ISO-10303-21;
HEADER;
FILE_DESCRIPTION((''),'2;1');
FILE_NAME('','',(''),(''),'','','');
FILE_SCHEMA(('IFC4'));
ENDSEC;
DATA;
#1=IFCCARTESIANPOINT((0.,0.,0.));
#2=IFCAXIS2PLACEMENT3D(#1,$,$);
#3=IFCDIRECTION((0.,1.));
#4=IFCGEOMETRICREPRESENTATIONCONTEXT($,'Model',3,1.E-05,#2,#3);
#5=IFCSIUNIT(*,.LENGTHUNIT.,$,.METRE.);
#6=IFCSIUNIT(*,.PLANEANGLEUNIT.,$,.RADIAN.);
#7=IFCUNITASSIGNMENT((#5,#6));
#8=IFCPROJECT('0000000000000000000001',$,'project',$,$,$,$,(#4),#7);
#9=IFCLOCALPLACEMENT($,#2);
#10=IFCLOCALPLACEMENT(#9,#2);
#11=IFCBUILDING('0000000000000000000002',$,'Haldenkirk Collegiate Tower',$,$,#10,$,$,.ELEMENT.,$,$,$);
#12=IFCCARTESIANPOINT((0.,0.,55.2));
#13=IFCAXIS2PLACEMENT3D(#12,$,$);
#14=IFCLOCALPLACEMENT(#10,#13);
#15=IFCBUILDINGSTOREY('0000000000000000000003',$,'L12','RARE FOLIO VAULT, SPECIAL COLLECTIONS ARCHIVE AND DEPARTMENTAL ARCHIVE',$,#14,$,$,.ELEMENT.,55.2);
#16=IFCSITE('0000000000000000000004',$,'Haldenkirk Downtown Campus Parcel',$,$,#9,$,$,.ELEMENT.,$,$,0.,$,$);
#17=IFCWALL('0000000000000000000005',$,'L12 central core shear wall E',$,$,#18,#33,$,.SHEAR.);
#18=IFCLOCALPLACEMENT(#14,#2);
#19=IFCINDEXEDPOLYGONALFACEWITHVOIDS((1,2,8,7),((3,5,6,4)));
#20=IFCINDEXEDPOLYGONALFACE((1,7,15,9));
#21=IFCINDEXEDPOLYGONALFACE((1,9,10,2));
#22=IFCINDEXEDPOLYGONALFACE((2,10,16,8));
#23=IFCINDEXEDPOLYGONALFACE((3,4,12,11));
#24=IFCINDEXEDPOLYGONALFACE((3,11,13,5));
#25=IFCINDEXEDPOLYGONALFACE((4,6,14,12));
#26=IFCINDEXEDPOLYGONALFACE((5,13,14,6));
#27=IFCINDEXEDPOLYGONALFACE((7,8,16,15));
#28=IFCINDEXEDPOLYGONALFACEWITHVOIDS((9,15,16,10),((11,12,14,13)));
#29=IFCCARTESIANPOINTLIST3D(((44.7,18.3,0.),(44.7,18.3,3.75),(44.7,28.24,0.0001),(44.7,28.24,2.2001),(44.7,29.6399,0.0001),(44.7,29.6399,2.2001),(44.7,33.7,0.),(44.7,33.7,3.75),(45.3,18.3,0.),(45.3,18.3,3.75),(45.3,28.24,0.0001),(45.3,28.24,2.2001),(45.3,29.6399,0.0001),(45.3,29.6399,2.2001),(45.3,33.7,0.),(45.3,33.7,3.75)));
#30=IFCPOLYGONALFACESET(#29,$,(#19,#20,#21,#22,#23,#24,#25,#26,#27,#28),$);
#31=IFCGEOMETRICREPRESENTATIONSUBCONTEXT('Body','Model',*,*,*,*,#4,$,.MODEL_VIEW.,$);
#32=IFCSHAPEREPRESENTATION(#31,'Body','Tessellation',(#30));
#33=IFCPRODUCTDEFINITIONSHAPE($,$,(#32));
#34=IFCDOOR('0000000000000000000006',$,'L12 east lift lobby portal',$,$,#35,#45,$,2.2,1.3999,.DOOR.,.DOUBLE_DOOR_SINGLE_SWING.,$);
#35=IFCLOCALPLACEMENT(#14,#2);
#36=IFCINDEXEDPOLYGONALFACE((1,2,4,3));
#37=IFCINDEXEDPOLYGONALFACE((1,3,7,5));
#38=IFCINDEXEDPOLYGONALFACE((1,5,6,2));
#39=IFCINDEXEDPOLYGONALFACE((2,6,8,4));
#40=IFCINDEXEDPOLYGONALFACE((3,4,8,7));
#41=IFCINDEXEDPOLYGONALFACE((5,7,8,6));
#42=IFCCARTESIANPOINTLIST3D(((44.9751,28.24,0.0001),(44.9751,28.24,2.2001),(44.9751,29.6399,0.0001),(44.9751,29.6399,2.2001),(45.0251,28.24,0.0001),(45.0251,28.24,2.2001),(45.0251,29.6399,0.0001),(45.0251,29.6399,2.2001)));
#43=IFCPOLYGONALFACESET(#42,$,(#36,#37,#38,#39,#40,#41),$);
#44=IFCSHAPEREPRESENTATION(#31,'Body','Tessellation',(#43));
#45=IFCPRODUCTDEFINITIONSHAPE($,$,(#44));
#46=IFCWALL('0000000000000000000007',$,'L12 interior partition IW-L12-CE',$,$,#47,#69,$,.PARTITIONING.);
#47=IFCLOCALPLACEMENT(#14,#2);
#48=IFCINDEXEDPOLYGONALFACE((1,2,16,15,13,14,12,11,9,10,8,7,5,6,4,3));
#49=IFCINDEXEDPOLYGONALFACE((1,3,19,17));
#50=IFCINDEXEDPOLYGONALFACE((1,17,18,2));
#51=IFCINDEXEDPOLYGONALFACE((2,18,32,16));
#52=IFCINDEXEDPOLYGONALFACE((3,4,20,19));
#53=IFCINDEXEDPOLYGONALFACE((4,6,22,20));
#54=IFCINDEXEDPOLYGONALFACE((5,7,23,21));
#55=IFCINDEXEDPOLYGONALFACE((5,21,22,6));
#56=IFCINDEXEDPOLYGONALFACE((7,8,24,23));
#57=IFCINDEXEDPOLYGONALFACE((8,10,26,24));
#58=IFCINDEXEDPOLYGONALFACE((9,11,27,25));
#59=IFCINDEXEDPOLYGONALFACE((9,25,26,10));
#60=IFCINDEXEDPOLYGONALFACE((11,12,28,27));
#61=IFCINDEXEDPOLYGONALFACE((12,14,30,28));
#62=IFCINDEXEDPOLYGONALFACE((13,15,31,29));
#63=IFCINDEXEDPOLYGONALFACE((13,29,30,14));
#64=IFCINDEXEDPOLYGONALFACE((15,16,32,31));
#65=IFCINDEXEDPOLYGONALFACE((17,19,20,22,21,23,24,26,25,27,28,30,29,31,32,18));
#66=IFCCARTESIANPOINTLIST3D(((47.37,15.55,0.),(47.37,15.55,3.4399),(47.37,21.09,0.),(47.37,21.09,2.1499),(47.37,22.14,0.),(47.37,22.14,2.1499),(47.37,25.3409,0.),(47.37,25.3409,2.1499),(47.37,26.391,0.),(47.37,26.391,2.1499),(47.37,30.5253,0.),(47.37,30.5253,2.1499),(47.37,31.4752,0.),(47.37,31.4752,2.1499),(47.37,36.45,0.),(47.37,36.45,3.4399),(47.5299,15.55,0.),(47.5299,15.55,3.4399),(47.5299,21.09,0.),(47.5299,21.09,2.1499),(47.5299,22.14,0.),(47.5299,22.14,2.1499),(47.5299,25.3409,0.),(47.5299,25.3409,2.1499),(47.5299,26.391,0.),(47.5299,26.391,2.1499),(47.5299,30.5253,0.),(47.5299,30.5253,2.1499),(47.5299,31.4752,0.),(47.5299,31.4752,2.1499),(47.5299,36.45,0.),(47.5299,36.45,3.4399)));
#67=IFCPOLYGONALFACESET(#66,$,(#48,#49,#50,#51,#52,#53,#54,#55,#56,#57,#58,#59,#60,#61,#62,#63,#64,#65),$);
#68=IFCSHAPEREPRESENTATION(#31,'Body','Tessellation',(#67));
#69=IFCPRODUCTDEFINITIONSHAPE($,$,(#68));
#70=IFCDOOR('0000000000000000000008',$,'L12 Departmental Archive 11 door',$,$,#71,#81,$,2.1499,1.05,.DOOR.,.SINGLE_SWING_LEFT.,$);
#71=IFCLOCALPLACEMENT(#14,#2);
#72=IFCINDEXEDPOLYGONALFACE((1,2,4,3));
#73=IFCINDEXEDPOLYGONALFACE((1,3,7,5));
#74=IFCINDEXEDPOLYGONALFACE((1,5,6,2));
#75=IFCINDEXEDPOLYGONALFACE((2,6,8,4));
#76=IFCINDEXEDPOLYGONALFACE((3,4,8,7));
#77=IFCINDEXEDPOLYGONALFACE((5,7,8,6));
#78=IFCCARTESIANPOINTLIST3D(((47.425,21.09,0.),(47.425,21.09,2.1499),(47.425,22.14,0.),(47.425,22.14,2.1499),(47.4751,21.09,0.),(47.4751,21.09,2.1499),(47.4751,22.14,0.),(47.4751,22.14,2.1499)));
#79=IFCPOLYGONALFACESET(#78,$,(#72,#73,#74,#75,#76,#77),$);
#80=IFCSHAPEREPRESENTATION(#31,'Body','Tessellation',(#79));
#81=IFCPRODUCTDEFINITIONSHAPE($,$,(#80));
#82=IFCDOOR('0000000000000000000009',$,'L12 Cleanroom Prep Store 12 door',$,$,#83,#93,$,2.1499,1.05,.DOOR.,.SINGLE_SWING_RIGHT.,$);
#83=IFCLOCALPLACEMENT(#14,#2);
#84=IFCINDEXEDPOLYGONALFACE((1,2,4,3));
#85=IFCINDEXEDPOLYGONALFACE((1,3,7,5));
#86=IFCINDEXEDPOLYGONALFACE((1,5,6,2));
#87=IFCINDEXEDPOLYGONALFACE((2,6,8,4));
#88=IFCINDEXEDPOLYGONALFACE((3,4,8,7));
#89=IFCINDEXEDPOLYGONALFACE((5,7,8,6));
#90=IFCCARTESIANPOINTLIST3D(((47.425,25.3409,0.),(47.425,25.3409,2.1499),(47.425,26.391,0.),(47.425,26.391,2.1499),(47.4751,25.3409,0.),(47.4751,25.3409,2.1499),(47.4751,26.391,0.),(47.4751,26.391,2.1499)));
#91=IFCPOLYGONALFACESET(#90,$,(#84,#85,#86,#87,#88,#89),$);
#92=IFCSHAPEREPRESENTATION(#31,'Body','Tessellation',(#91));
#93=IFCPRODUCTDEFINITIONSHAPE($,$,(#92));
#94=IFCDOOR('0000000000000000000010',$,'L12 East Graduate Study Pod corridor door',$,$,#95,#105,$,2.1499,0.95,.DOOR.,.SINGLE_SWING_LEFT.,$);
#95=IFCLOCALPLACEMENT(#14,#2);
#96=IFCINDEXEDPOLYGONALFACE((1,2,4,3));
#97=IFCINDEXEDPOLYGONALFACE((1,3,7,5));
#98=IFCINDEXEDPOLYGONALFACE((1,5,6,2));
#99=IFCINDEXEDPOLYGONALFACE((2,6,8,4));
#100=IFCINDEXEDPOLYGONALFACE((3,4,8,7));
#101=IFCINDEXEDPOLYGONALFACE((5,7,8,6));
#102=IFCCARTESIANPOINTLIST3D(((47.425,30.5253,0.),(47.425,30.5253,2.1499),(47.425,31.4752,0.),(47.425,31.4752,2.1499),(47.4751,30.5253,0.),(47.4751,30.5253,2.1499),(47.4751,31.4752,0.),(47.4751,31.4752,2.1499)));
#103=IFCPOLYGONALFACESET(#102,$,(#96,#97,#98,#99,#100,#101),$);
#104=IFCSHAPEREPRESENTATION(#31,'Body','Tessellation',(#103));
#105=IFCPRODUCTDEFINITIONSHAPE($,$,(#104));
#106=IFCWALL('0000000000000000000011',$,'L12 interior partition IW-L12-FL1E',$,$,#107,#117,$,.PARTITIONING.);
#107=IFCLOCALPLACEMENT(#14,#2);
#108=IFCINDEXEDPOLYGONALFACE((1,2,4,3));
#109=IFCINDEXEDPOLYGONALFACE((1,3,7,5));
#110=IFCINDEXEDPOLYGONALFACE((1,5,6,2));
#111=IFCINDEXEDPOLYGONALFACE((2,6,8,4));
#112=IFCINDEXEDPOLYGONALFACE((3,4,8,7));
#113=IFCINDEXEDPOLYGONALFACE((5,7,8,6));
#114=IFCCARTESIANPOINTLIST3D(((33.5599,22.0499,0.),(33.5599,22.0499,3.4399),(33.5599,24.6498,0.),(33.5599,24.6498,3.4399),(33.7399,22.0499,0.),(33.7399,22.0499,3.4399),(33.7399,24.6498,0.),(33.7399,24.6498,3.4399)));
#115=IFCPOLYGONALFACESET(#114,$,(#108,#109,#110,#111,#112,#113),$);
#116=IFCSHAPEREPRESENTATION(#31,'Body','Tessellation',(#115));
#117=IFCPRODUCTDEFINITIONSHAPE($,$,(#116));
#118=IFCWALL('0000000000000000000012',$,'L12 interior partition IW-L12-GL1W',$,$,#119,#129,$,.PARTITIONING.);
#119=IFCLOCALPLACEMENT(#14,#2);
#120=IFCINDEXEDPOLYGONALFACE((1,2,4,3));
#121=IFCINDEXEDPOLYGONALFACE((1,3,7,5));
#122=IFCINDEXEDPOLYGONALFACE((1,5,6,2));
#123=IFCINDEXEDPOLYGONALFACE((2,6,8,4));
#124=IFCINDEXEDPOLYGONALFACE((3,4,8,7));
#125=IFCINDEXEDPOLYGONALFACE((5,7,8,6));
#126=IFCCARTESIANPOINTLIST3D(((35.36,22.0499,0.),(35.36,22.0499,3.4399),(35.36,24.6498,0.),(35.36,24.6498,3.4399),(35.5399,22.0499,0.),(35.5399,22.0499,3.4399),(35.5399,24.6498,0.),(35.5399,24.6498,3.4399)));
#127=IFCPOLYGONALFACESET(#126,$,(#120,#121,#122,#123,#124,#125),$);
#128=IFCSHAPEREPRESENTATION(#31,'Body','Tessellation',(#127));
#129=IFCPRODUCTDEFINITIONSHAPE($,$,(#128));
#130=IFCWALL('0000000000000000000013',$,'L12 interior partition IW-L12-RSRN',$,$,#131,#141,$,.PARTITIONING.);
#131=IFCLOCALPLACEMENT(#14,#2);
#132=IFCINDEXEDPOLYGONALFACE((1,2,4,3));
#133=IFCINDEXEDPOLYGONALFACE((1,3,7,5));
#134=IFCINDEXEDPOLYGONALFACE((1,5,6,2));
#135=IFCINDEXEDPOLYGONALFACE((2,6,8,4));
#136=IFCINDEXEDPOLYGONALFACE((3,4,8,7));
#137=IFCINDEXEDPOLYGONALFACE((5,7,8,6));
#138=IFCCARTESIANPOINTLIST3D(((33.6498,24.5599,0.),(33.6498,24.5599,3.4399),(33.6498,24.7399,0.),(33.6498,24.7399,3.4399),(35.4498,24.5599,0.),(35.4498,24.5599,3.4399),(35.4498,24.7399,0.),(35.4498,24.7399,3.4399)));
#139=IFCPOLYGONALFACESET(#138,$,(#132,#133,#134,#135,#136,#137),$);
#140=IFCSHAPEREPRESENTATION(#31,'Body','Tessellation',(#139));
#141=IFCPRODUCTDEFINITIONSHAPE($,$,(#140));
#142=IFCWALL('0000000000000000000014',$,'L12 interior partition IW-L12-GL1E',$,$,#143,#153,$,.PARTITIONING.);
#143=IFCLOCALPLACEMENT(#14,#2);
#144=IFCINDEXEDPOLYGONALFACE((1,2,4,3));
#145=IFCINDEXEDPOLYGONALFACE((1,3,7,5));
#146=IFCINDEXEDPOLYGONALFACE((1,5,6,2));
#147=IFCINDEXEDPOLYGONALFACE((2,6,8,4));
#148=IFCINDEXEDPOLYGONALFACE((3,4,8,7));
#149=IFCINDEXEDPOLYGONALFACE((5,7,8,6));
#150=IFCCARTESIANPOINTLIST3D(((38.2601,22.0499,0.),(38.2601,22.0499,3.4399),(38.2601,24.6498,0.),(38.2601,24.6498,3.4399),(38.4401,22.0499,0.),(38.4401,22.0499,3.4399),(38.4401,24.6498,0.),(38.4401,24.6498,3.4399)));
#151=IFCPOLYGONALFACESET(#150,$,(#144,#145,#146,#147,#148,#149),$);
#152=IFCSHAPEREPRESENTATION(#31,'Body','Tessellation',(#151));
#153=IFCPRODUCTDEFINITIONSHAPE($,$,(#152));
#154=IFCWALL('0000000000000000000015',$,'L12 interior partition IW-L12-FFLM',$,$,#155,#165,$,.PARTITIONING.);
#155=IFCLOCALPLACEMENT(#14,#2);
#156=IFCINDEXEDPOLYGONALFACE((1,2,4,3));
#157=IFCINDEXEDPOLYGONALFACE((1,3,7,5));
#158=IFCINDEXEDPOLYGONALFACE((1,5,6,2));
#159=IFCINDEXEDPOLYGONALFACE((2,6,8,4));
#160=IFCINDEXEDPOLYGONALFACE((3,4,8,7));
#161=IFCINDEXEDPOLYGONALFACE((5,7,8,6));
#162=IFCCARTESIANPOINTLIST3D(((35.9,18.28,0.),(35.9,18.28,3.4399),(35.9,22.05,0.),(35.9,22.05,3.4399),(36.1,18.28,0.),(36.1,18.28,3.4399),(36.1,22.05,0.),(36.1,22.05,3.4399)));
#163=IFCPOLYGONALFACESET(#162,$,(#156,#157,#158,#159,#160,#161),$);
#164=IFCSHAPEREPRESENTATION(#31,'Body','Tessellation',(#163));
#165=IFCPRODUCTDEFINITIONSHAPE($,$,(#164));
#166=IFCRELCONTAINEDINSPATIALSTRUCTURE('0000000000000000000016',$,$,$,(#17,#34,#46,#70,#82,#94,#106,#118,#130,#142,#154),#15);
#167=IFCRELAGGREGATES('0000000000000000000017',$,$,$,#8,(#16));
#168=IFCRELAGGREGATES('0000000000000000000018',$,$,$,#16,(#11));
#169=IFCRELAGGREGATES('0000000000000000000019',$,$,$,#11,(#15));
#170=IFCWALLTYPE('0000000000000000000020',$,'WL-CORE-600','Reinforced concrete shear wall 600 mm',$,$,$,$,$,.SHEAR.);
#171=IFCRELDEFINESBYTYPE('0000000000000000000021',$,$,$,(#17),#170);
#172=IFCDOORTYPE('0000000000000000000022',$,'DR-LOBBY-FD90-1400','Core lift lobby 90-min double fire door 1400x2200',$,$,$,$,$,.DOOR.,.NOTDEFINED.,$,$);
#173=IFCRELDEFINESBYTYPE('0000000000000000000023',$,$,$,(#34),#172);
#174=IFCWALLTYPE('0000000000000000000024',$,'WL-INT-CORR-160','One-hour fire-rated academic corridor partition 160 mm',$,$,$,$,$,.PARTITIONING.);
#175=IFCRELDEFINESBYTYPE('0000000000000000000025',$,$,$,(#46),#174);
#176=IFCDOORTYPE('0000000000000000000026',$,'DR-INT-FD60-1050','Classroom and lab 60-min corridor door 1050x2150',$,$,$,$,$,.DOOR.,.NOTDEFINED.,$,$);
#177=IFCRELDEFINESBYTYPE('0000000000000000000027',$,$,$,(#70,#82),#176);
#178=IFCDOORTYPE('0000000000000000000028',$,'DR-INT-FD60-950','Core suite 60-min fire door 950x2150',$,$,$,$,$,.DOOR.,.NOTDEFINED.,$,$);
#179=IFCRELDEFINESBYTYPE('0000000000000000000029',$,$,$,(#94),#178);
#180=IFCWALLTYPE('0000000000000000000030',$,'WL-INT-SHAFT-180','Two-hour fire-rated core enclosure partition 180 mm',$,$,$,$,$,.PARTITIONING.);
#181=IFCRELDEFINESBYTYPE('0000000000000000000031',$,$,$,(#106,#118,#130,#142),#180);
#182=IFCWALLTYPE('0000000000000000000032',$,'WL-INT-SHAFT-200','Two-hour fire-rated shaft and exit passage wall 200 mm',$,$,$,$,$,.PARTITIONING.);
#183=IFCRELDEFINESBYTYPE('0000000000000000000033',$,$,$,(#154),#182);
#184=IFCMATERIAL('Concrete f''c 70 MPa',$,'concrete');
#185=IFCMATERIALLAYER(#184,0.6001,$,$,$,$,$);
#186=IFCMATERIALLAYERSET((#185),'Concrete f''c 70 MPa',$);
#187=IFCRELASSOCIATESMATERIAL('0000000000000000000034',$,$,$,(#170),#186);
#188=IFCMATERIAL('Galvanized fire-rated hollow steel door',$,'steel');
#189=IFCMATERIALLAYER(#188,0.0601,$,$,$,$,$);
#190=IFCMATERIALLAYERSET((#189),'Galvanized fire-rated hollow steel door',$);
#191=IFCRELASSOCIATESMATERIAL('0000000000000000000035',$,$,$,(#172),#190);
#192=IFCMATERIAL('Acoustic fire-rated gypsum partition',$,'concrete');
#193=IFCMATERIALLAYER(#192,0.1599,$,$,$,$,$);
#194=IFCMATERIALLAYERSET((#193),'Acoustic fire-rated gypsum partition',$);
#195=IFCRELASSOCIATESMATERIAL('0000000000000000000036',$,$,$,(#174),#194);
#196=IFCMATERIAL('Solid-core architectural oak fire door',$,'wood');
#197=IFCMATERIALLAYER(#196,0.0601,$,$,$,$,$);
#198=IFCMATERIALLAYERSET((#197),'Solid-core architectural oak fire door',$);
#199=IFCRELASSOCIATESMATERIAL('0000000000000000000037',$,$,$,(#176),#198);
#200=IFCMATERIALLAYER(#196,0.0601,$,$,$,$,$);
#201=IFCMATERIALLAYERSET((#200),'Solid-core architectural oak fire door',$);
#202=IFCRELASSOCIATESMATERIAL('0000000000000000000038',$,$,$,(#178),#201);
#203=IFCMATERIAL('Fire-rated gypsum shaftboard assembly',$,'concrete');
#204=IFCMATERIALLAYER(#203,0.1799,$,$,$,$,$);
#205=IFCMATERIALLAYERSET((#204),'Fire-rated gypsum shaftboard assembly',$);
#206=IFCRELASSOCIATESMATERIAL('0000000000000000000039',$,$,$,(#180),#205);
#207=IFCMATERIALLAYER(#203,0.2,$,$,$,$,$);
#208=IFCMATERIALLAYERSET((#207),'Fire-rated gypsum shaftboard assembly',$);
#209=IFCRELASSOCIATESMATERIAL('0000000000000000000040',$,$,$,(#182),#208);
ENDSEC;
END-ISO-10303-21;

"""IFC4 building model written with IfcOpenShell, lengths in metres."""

from ifc_helpers import new_model, si_unit, direction, frame, frame_2d, origin, place, context, subcontext, project, spatial, rectangle, extrude, material, layer, layer_set, type_object, element, fill, save


model = new_model("IFC4")

# Units and contexts
model_context = context("Model", 3, precision=1e-05, world=origin(), true_north=direction((0.0, 1.0)))
body_context = subcontext(model_context, "Body", "Model", "MODEL_VIEW")
ifc_project = project(units=[si_unit("LENGTHUNIT", "METRE"), si_unit("PLANEANGLEUNIT", "RADIAN")], contexts=[model_context])

# Site, building, storey
site_placement = place(None, origin())
site = spatial("IfcSite", under=ifc_project, at=site_placement, Name="Haldenkirk Downtown Campus Parcel", CompositionType="ELEMENT", RefElevation=0.0)
building_placement = place(site_placement, origin())
building = spatial("IfcBuilding", under=site, at=building_placement, Name="Haldenkirk Collegiate Tower", CompositionType="ELEMENT")
storey_placement = place(building_placement, frame((0.0, 0.0, 55.2)))
storey = spatial("IfcBuildingStorey", under=building, at=storey_placement, Name="L12", Description="RARE FOLIO VAULT, SPECIAL COLLECTIONS ARCHIVE AND DEPARTMENTAL ARCHIVE", CompositionType="ELEMENT", Elevation=55.2)

# Wall, opening, door
ifc_material_1 = material(Name="Concrete f'c 70 MPa", Category="concrete")
ifc_layer_1 = layer(ifc_material_1, 0.6001)
ifc_layer_set_1 = layer_set([ifc_layer_1], Name="Concrete f'c 70 MPa")
wall_type_1 = type_object("IfcWallType", Name="WL-CORE-600", Description="Reinforced concrete shear wall 600 mm", PredefinedType="SHEAR", material=ifc_layer_set_1)
wall_1_placement = place(storey_placement, frame((45.0, 18.3, 0.0), z_axis=(0.0, 0.0, 1.0), x_axis=(0.0, 1.0, 0.0)))
wall_1 = element("IfcWall", 1, at=wall_1_placement, inside=storey, type_object=wall_type_1, Name="L12 central core shear wall E", PredefinedType="SHEAR", context=body_context, shape_type="SweptSolid", body=[
    extrude(rectangle(XDim=15.3999, YDim=0.6001, at=frame_2d((7.7, 0.0))), origin(), (0.0, 0.0, 1.0), 3.75),
])
opening_1_placement = place(wall_1_placement, frame((9.9399, 0.0, 0.0)))
opening_1 = element("IfcOpeningElement", 2, at=opening_1_placement, cuts=wall_1, PredefinedType="OPENING", context=body_context, shape_type="SweptSolid", body=[
    extrude(rectangle(XDim=1.3999, YDim=2.2, at=frame_2d((0.7, 1.1001))), frame((0.0, 0.3101, 0.0), z_axis=(0.0, -1.0, 0.0), x_axis=(1.0, 0.0, 0.0)), (0.0, 0.0, 1.0), 0.6201),
])
ifc_material_2 = material(Name="Galvanized fire-rated hollow steel door", Category="steel")
ifc_layer_2 = layer(ifc_material_2, 0.0601)
ifc_layer_set_2 = layer_set([ifc_layer_2], Name="Galvanized fire-rated hollow steel door")
door_type_1 = type_object("IfcDoorType", Name="DR-LOBBY-FD90-1400", Description="Core lift lobby 90-min double fire door 1400x2200", OperationType="NOTDEFINED", PredefinedType="DOOR", material=ifc_layer_set_2)
door_1_placement = place(opening_1_placement, origin())
door_1 = element("IfcDoor", 3, at=door_1_placement, inside=storey, type_object=door_type_1, Name="L12 east lift lobby portal", OperationType="DOUBLE_DOOR_SINGLE_SWING", OverallHeight=2.2, OverallWidth=1.3999, PredefinedType="DOOR", context=body_context, shape_type="SweptSolid", body=[
    extrude(rectangle(XDim=1.3999, YDim=2.2, at=frame_2d((0.7, 1.1001))), frame((0.0, 0.0249, 0.0), z_axis=(0.0, -1.0, 0.0), x_axis=(1.0, 0.0, 0.0)), (0.0, 0.0, 1.0), 0.05),
])
fill(opening_1, door_1)

# Wall, openings, doors
ifc_material_3 = material(Name="Acoustic fire-rated gypsum partition", Category="concrete")
ifc_layer_3 = layer(ifc_material_3, 0.1599)
ifc_layer_set_3 = layer_set([ifc_layer_3], Name="Acoustic fire-rated gypsum partition")
wall_type_2 = type_object("IfcWallType", Name="WL-INT-CORR-160", Description="One-hour fire-rated academic corridor partition 160 mm", PredefinedType="PARTITIONING", material=ifc_layer_set_3)
wall_2_placement = place(storey_placement, frame((47.45, 15.55, 0.0), z_axis=(0.0, 0.0, 1.0), x_axis=(0.0, 1.0, 0.0)))
wall_2 = element("IfcWall", 4, at=wall_2_placement, inside=storey, type_object=wall_type_2, Name="L12 interior partition IW-L12-CE", PredefinedType="PARTITIONING", context=body_context, shape_type="SweptSolid", body=[
    extrude(rectangle(XDim=20.8999, YDim=0.1599, at=frame_2d((10.45, 0.0))), origin(), (0.0, 0.0, 1.0), 3.4399),
])
opening_2_placement = place(wall_2_placement, frame((14.9751, 0.0, 0.0)))
opening_2 = element("IfcOpeningElement", 5, at=opening_2_placement, cuts=wall_2, PredefinedType="OPENING", context=body_context, shape_type="SweptSolid", body=[
    extrude(rectangle(XDim=0.95, YDim=2.1499, at=frame_2d((0.4751, 1.075))), frame((0.0, 0.0898, 0.0), z_axis=(0.0, -1.0, 0.0), x_axis=(1.0, 0.0, 0.0)), (0.0, 0.0, 1.0), 0.1799),
])
opening_3_placement = place(wall_2_placement, frame((5.54, 0.0, 0.0)))
opening_3 = element("IfcOpeningElement", 6, at=opening_3_placement, cuts=wall_2, PredefinedType="OPENING", context=body_context, shape_type="SweptSolid", body=[
    extrude(rectangle(XDim=1.05, YDim=2.1499, at=frame_2d((0.5249, 1.075))), frame((0.0, 0.0898, 0.0), z_axis=(0.0, -1.0, 0.0), x_axis=(1.0, 0.0, 0.0)), (0.0, 0.0, 1.0), 0.1799),
])
opening_4_placement = place(wall_2_placement, frame((9.791, 0.0, 0.0)))
opening_4 = element("IfcOpeningElement", 7, at=opening_4_placement, cuts=wall_2, PredefinedType="OPENING", context=body_context, shape_type="SweptSolid", body=[
    extrude(rectangle(XDim=1.05, YDim=2.1499, at=frame_2d((0.5249, 1.075))), frame((0.0, 0.0898, 0.0), z_axis=(0.0, -1.0, 0.0), x_axis=(1.0, 0.0, 0.0)), (0.0, 0.0, 1.0), 0.1799),
])
ifc_material_4 = material(Name="Solid-core architectural oak fire door", Category="wood")
ifc_layer_4 = layer(ifc_material_4, 0.0601)
ifc_layer_set_4 = layer_set([ifc_layer_4], Name="Solid-core architectural oak fire door")
door_type_2 = type_object("IfcDoorType", Name="DR-INT-FD60-1050", Description="Classroom and lab 60-min corridor door 1050x2150", OperationType="NOTDEFINED", PredefinedType="DOOR", material=ifc_layer_set_4)
door_2_placement = place(opening_3_placement, origin())
door_2 = element("IfcDoor", 8, at=door_2_placement, inside=storey, type_object=door_type_2, Name="L12 Departmental Archive 11 door", OperationType="SINGLE_SWING_LEFT", OverallHeight=2.1499, OverallWidth=1.05, PredefinedType="DOOR", context=body_context, shape_type="SweptSolid", body=[
    extrude(rectangle(XDim=1.05, YDim=2.1499, at=frame_2d((0.5249, 1.075))), frame((0.0, 0.0249, 0.0), z_axis=(0.0, -1.0, 0.0), x_axis=(1.0, 0.0, 0.0)), (0.0, 0.0, 1.0), 0.05),
])
fill(opening_3, door_2)
door_3_placement = place(opening_4_placement, origin())
door_3 = element("IfcDoor", 9, at=door_3_placement, inside=storey, type_object=door_type_2, Name="L12 Cleanroom Prep Store 12 door", OperationType="SINGLE_SWING_RIGHT", OverallHeight=2.1499, OverallWidth=1.05, PredefinedType="DOOR", context=body_context, shape_type="SweptSolid", body=[
    extrude(rectangle(XDim=1.05, YDim=2.1499, at=frame_2d((0.5249, 1.075))), frame((0.0, 0.0249, 0.0), z_axis=(0.0, -1.0, 0.0), x_axis=(1.0, 0.0, 0.0)), (0.0, 0.0, 1.0), 0.05),
])
fill(opening_4, door_3)
ifc_layer_5 = layer(ifc_material_4, 0.0601)
ifc_layer_set_5 = layer_set([ifc_layer_5], Name="Solid-core architectural oak fire door")
door_type_3 = type_object("IfcDoorType", Name="DR-INT-FD60-950", Description="Core suite 60-min fire door 950x2150", OperationType="NOTDEFINED", PredefinedType="DOOR", material=ifc_layer_set_5)
door_4_placement = place(opening_2_placement, origin())
door_4 = element("IfcDoor", 10, at=door_4_placement, inside=storey, type_object=door_type_3, Name="L12 East Graduate Study Pod corridor door", OperationType="SINGLE_SWING_LEFT", OverallHeight=2.1499, OverallWidth=0.95, PredefinedType="DOOR", context=body_context, shape_type="SweptSolid", body=[
    extrude(rectangle(XDim=0.95, YDim=2.1499, at=frame_2d((0.4751, 1.075))), frame((0.0, 0.0249, 0.0), z_axis=(0.0, -1.0, 0.0), x_axis=(1.0, 0.0, 0.0)), (0.0, 0.0, 1.0), 0.05),
])
fill(opening_2, door_4)

# Walls
ifc_material_5 = material(Name="Fire-rated gypsum shaftboard assembly", Category="concrete")
ifc_layer_6 = layer(ifc_material_5, 0.1799)
ifc_layer_set_6 = layer_set([ifc_layer_6], Name="Fire-rated gypsum shaftboard assembly")
wall_type_3 = type_object("IfcWallType", Name="WL-INT-SHAFT-180", Description="Two-hour fire-rated core enclosure partition 180 mm", PredefinedType="PARTITIONING", material=ifc_layer_set_6)
for number, where, z_axis, x_axis, name in (
    (11, (33.6499, 22.05, 0.0), (0.0, 0.0, 1.0), (0.0, 1.0, 0.0), "L12 interior partition IW-L12-FL1E"),
    (12, (35.45, 22.05, 0.0), (0.0, 0.0, 1.0), (0.0, 1.0, 0.0), "L12 interior partition IW-L12-GL1W"),
):
    element("IfcWall", number, at=place(storey_placement, frame(where, z_axis=z_axis, x_axis=x_axis)), inside=storey, type_object=wall_type_3, Name=name, PredefinedType="PARTITIONING", context=body_context, shape_type="SweptSolid", body=[
        extrude(rectangle(XDim=2.5999, YDim=0.1799, at=frame_2d((1.2998, 0.0))), origin(), (0.0, 0.0, 1.0), 3.4399),
    ])
wall_3_placement = place(storey_placement, frame((33.6499, 24.6499, 0.0), z_axis=(0.0, 0.0, 1.0), x_axis=(1.0, 0.0, 0.0)))
element("IfcWall", 13, at=wall_3_placement, inside=storey, type_object=wall_type_3, Name="L12 interior partition IW-L12-RSRN", PredefinedType="PARTITIONING", context=body_context, shape_type="SweptSolid", body=[
    extrude(rectangle(XDim=1.8, YDim=0.1799, at=frame_2d((0.8999, 0.0))), origin(), (0.0, 0.0, 1.0), 3.4399),
])
wall_4_placement = place(storey_placement, frame((38.3501, 22.05, 0.0), z_axis=(0.0, 0.0, 1.0), x_axis=(0.0, 1.0, 0.0)))
element("IfcWall", 14, at=wall_4_placement, inside=storey, type_object=wall_type_3, Name="L12 interior partition IW-L12-GL1E", PredefinedType="PARTITIONING", context=body_context, shape_type="SweptSolid", body=[
    extrude(rectangle(XDim=2.5999, YDim=0.1799, at=frame_2d((1.2998, 0.0))), origin(), (0.0, 0.0, 1.0), 3.4399),
])
ifc_layer_7 = layer(ifc_material_5, 0.2)
ifc_layer_set_7 = layer_set([ifc_layer_7], Name="Fire-rated gypsum shaftboard assembly")
wall_type_4 = type_object("IfcWallType", Name="WL-INT-SHAFT-200", Description="Two-hour fire-rated shaft and exit passage wall 200 mm", PredefinedType="PARTITIONING", material=ifc_layer_set_7)
wall_5_placement = place(storey_placement, frame((36.0, 18.28, 0.0), z_axis=(0.0, 0.0, 1.0), x_axis=(0.0, 1.0, 0.0)))
element("IfcWall", 15, at=wall_5_placement, inside=storey, type_object=wall_type_4, Name="L12 interior partition IW-L12-FFLM", PredefinedType="PARTITIONING", context=body_context, shape_type="SweptSolid", body=[
    extrude(rectangle(XDim=3.77, YDim=0.2, at=frame_2d((1.885, 0.0))), origin(), (0.0, 0.0, 1.0), 3.4399),
])

save(model, "model.ifc")
